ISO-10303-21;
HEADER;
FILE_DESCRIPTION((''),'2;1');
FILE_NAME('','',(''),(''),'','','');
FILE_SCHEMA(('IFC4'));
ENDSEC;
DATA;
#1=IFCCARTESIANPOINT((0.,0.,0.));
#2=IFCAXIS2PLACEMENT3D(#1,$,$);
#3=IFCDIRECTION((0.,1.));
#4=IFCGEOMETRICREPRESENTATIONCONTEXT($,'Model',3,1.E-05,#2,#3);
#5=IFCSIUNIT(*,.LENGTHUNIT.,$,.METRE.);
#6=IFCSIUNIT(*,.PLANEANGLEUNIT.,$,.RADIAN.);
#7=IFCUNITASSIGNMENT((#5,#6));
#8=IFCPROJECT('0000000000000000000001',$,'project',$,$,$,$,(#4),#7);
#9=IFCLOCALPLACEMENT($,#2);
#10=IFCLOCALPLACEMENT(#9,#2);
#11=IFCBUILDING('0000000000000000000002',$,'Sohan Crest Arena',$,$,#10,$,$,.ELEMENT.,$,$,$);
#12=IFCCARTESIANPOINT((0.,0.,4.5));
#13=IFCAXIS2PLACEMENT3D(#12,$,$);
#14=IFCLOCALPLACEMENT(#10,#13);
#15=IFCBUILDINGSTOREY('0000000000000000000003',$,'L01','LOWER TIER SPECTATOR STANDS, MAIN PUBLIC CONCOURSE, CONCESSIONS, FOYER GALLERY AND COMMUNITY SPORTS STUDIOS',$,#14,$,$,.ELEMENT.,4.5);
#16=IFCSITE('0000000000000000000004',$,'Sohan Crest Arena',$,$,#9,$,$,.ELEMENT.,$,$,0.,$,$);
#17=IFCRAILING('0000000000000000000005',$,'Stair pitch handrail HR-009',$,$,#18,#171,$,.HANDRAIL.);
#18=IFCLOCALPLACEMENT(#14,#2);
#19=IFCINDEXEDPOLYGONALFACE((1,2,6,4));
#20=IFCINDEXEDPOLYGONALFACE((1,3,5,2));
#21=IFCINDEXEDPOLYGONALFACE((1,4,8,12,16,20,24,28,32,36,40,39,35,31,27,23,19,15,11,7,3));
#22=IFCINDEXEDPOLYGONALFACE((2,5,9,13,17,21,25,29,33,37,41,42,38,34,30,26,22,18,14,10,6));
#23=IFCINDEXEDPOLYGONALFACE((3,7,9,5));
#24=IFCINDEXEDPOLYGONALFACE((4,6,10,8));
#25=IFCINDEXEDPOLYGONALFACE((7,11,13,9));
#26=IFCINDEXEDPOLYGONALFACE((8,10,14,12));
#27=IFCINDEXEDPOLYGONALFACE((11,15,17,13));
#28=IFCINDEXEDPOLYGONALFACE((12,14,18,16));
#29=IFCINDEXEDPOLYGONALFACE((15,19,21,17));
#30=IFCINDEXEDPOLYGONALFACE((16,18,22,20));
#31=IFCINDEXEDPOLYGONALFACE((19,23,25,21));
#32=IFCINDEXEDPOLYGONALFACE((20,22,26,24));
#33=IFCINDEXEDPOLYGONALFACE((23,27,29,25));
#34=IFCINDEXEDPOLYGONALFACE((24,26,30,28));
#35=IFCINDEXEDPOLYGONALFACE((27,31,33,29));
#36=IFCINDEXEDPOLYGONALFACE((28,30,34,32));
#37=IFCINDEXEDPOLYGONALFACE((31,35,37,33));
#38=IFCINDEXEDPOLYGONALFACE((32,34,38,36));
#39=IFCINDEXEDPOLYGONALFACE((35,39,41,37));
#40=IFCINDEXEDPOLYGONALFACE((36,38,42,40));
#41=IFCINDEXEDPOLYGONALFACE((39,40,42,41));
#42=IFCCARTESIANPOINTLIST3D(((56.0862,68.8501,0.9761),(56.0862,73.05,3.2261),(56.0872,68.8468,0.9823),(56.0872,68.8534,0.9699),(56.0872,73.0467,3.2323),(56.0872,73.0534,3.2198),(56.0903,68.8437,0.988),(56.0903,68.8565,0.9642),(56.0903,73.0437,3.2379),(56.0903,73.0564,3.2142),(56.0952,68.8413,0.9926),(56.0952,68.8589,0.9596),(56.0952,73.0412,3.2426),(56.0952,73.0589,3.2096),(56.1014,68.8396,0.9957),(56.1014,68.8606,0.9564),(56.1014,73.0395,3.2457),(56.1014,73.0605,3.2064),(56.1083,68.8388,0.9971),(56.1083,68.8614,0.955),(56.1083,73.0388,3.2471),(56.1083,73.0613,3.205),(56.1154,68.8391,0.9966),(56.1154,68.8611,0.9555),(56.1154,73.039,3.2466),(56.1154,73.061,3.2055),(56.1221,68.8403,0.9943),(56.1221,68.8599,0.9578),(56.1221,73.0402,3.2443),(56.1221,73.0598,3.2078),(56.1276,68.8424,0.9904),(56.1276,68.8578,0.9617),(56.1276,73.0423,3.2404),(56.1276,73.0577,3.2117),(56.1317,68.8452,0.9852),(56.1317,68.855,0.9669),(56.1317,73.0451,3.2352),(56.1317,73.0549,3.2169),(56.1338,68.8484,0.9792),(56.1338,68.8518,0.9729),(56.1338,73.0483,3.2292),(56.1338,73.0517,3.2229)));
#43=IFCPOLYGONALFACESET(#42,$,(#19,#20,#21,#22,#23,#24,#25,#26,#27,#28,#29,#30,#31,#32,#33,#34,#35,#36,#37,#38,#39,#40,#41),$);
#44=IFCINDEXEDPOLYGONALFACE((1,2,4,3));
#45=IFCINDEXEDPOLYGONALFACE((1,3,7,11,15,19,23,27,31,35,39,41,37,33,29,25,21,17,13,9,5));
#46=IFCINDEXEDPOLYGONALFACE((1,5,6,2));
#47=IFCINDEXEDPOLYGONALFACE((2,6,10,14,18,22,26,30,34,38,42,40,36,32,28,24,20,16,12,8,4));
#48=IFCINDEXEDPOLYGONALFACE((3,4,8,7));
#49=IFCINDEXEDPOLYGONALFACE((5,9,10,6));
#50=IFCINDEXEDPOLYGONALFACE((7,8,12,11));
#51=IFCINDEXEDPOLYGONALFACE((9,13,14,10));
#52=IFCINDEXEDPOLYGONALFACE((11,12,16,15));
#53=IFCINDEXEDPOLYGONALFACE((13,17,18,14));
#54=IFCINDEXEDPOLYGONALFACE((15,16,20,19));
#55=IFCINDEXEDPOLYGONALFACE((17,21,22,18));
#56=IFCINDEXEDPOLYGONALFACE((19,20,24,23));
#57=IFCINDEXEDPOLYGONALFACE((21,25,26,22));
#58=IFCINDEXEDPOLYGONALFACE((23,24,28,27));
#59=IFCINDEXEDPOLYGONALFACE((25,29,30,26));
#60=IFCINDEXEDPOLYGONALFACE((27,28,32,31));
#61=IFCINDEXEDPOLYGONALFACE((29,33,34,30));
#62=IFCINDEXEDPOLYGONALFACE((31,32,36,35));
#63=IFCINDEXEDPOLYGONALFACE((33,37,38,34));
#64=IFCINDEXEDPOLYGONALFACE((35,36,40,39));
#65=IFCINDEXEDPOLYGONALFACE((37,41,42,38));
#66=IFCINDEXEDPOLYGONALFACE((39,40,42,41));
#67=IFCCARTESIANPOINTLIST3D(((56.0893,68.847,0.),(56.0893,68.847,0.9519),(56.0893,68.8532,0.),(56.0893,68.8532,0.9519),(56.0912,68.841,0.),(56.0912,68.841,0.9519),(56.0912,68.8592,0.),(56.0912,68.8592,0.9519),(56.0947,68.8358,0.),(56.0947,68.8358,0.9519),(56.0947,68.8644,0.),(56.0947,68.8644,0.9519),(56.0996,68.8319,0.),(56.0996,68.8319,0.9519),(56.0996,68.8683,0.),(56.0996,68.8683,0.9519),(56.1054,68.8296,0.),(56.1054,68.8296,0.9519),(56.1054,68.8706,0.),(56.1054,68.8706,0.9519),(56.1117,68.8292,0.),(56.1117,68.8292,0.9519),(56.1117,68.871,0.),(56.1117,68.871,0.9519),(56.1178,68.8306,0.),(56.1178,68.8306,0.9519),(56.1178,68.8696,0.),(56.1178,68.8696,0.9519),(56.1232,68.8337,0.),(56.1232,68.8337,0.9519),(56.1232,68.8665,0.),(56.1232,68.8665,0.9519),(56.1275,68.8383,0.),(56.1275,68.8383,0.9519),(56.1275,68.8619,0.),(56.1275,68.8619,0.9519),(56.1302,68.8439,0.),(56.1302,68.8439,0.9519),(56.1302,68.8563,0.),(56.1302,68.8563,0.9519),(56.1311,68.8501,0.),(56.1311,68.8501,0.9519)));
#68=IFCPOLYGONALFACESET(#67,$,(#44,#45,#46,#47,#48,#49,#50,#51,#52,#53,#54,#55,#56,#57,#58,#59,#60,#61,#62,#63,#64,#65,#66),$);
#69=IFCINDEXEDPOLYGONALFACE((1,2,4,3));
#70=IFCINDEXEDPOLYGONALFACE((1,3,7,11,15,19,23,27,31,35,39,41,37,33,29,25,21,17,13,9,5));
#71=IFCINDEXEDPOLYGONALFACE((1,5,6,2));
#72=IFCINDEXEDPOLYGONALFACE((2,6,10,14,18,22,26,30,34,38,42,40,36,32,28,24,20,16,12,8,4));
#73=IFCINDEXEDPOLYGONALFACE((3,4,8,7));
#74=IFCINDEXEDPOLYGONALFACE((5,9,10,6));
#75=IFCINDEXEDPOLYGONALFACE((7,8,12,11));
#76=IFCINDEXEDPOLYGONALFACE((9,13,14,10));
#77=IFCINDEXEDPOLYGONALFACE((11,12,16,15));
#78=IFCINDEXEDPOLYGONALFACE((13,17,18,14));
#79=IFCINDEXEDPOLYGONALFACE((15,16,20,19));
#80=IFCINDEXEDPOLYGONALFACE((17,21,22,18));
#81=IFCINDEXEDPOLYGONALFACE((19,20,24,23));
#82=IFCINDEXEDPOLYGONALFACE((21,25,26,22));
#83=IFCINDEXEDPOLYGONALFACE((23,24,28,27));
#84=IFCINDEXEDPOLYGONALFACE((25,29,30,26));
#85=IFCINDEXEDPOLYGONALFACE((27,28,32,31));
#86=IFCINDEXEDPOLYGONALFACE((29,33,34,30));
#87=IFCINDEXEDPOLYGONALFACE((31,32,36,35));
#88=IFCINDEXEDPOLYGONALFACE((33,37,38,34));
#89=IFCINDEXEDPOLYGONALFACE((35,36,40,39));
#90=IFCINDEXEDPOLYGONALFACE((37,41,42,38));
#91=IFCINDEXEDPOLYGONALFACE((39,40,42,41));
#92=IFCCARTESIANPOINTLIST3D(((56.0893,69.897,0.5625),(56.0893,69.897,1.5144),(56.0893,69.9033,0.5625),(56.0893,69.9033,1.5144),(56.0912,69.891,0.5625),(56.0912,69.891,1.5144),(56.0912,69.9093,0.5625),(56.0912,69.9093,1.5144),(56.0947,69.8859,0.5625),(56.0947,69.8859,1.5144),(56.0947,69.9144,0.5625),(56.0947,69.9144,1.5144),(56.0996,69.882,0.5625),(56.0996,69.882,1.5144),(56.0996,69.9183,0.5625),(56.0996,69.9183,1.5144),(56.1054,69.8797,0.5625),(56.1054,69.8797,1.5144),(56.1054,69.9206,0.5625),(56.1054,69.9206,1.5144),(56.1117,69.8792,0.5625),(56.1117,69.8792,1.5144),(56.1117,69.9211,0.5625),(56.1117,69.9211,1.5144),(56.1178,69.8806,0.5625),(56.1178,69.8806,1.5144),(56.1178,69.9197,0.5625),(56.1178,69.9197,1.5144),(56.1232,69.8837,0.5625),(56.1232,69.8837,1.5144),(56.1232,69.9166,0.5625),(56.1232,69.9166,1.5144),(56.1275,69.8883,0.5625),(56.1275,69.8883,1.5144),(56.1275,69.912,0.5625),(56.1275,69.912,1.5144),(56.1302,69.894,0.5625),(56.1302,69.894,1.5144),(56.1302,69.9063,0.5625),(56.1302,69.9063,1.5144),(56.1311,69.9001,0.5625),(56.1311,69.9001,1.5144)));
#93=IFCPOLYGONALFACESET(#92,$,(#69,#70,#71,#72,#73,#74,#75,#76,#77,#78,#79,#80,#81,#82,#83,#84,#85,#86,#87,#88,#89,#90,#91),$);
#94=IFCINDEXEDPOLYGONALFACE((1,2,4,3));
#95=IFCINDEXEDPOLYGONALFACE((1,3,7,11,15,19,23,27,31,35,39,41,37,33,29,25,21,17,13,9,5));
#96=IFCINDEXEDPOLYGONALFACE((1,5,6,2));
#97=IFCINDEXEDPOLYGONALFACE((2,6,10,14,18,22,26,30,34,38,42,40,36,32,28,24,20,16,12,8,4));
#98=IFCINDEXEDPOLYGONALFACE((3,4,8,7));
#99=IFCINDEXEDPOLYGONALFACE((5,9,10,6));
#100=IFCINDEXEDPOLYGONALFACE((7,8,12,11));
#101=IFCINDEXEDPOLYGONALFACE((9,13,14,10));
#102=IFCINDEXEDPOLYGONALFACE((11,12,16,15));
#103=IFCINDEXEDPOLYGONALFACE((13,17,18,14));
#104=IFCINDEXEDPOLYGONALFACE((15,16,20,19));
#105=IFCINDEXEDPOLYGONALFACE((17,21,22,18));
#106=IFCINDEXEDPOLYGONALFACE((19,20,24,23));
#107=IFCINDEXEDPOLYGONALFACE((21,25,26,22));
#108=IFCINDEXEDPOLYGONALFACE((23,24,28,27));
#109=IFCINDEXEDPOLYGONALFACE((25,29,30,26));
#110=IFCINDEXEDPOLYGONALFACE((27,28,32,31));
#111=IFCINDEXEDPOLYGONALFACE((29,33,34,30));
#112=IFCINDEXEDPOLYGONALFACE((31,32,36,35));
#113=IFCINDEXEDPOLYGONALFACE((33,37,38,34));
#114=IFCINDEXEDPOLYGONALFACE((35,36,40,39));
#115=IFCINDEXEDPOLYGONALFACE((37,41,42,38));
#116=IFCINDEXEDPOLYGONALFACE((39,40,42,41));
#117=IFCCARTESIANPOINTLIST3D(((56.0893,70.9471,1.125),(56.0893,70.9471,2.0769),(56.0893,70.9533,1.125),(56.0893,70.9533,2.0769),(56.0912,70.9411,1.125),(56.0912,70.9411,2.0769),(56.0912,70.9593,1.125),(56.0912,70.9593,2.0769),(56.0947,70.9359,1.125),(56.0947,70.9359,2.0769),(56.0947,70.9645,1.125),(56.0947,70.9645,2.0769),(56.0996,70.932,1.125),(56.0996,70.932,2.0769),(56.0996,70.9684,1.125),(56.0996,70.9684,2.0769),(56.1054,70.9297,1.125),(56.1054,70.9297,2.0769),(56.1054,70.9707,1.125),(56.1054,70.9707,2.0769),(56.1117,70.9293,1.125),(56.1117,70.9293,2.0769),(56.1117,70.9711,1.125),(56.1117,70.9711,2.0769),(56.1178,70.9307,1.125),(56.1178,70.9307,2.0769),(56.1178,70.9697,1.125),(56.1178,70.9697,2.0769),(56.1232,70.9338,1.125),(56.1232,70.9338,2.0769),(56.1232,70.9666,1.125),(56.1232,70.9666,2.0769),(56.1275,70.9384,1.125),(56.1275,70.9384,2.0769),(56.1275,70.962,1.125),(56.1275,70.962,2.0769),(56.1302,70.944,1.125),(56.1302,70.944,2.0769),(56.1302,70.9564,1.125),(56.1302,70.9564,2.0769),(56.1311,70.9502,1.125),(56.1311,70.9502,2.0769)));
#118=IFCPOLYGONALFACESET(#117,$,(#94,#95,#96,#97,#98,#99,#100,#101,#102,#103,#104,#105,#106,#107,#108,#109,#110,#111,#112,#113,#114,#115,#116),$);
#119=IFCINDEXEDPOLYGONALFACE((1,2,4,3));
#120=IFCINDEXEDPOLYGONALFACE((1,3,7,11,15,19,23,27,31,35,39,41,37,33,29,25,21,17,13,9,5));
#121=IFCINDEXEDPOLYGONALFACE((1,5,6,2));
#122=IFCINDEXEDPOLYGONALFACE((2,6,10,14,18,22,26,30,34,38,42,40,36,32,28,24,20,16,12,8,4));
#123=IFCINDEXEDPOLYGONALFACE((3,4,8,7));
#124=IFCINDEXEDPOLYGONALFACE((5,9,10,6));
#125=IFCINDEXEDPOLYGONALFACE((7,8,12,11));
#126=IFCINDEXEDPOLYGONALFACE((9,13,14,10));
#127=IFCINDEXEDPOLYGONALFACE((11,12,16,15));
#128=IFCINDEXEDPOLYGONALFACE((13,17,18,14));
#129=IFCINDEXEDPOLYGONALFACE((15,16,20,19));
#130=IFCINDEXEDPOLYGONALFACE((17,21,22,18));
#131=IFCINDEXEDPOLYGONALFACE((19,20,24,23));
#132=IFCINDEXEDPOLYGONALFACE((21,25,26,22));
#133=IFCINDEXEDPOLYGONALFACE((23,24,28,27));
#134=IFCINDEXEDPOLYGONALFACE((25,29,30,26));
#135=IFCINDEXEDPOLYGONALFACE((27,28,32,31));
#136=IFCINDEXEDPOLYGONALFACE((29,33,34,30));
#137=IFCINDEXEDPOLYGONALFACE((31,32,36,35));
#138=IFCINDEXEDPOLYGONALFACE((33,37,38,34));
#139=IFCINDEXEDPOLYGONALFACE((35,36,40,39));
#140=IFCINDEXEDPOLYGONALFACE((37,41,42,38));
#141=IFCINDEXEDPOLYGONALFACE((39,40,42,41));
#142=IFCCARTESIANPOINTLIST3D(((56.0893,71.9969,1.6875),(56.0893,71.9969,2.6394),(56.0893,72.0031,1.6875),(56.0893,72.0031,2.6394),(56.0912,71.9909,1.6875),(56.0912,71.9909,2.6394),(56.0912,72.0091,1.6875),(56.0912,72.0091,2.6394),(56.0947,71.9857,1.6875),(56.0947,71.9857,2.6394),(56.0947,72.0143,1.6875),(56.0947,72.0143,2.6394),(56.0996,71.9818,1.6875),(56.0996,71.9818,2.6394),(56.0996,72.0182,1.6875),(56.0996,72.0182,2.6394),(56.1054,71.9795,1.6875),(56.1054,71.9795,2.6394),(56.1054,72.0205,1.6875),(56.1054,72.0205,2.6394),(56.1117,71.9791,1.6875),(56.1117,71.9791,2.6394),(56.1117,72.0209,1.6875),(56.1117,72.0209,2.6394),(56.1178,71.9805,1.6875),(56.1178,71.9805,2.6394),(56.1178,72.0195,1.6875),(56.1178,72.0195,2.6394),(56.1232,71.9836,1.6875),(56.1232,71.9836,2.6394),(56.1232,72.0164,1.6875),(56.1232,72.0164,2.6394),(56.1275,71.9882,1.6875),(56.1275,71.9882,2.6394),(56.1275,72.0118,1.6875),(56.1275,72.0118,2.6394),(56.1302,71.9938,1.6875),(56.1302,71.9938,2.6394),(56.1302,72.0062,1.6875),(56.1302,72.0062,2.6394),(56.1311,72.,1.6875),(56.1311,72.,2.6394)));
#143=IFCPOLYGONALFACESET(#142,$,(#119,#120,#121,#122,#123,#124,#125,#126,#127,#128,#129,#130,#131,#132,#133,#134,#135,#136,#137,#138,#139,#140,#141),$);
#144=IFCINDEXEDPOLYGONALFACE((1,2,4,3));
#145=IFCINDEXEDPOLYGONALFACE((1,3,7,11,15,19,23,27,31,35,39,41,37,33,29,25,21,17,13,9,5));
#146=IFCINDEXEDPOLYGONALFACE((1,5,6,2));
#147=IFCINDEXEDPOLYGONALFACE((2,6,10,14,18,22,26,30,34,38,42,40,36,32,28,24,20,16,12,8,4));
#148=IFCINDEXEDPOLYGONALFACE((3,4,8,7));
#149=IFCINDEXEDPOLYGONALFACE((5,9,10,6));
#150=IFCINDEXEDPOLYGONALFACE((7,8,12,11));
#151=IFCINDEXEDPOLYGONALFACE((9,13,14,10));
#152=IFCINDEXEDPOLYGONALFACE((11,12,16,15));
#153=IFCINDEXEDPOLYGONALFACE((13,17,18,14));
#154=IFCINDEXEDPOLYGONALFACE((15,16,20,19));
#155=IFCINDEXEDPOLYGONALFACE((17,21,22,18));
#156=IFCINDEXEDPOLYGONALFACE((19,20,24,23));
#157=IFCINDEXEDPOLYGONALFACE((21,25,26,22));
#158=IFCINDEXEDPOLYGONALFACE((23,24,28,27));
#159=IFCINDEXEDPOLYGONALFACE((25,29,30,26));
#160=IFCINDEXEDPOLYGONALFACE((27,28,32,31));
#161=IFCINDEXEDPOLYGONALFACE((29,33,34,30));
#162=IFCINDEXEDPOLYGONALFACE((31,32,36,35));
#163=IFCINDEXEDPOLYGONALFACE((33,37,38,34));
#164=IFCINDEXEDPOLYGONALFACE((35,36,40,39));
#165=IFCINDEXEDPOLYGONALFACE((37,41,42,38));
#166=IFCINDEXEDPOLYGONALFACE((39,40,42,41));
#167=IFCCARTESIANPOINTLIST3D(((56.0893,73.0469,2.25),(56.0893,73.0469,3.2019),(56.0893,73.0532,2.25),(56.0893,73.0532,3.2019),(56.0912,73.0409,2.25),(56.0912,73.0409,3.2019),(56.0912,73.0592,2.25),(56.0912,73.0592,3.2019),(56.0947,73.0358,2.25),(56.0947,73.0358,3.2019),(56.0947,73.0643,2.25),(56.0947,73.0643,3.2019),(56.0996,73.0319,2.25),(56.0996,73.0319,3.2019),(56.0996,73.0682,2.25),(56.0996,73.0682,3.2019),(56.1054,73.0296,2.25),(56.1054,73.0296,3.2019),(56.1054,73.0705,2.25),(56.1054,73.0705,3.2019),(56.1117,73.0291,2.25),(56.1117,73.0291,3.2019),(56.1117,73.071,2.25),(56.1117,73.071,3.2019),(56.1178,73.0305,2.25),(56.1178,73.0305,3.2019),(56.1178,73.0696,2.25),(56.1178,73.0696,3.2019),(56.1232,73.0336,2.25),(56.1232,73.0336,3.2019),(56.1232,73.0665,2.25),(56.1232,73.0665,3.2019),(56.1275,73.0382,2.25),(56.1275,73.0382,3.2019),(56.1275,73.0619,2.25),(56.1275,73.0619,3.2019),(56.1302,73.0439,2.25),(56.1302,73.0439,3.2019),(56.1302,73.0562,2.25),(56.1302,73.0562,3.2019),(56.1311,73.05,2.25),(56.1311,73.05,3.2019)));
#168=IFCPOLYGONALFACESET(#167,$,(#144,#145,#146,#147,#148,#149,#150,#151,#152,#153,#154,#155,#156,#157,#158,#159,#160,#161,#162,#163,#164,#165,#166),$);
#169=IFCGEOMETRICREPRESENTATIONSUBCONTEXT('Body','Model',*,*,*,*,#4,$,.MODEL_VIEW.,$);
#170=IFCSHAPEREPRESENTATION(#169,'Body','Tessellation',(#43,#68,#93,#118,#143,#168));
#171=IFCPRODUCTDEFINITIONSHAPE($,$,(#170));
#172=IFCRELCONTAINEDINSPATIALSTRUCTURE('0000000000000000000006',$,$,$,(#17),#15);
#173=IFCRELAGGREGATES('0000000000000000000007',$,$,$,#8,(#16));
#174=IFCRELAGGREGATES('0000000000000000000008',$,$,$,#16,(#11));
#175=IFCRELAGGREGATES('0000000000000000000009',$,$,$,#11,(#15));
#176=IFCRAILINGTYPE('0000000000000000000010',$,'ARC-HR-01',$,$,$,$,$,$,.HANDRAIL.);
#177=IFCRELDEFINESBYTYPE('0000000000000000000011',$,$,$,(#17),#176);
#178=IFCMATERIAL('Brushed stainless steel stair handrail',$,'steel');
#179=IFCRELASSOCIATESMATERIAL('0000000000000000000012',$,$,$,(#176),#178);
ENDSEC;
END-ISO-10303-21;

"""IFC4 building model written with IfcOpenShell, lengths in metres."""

from ifc_helpers import new_model, si_unit, direction, frame, origin, origin_2d, place, context, subcontext, project, spatial, circle, extrude, material, type_object, element, save


model = new_model("IFC4")

# Units and contexts
model_context = context("Model", 3, precision=1e-05, world=origin(), true_north=direction((0.0, 1.0)))
body_context = subcontext(model_context, "Body", "Model", "MODEL_VIEW")
ifc_project = project(units=[si_unit("LENGTHUNIT", "METRE"), si_unit("PLANEANGLEUNIT", "RADIAN")], contexts=[model_context])

# Site, building, storey
site_placement = place(None, origin())
site = spatial("IfcSite", under=ifc_project, at=site_placement, Name="Sohan Crest Arena", CompositionType="ELEMENT", RefElevation=0.0)
building_placement = place(site_placement, origin())
building = spatial("IfcBuilding", under=site, at=building_placement, Name="Sohan Crest Arena", CompositionType="ELEMENT")
storey_placement = place(building_placement, frame((0.0, 0.0, 4.5)))
storey = spatial("IfcBuildingStorey", under=building, at=storey_placement, Name="L01", Description="LOWER TIER SPECTATOR STANDS, MAIN PUBLIC CONCOURSE, CONCESSIONS, FOYER GALLERY AND COMMUNITY SPORTS STUDIOS", CompositionType="ELEMENT", Elevation=4.5)

# Railing
ifc_material_1 = material(Name="Brushed stainless steel stair handrail", Category="steel")
railing_type = type_object("IfcRailingType", Name="ARC-HR-01", PredefinedType="HANDRAIL", material=ifc_material_1)
railing_placement = place(storey_placement, frame((56.1101, 68.8501, 0.0)))
element("IfcRailing", 1, at=railing_placement, inside=storey, type_object=railing_type, Name="Stair pitch handrail HR-009", PredefinedType="HANDRAIL", context=body_context, shape_type="SweptSolid", body=[
    extrude(circle(Radius=0.0239, at=origin_2d()), frame((0.0, 0.0, 0.9761), z_axis=(0.0, 0.881478, 0.472226), x_axis=(-1.0, 0.0, 0.0)), (0.0, 0.0, 1.0), 4.7646),
    extrude(circle(Radius=0.021, at=origin_2d()), origin(), (0.0, 0.0, 1.0), 0.9519),
    extrude(circle(Radius=0.021, at=origin_2d()), frame((0.0, 1.05, 0.5625)), (0.0, 0.0, 1.0), 0.9519),
    extrude(circle(Radius=0.021, at=origin_2d()), frame((0.0, 2.1001, 1.125)), (0.0, 0.0, 1.0), 0.9519),
    extrude(circle(Radius=0.021, at=origin_2d()), frame((0.0, 3.1499, 1.6875)), (0.0, 0.0, 1.0), 0.9519),
    extrude(circle(Radius=0.021, at=origin_2d()), frame((0.0, 4.2, 2.25)), (0.0, 0.0, 1.0), 0.9519),
])

save(model, "model.ifc")
